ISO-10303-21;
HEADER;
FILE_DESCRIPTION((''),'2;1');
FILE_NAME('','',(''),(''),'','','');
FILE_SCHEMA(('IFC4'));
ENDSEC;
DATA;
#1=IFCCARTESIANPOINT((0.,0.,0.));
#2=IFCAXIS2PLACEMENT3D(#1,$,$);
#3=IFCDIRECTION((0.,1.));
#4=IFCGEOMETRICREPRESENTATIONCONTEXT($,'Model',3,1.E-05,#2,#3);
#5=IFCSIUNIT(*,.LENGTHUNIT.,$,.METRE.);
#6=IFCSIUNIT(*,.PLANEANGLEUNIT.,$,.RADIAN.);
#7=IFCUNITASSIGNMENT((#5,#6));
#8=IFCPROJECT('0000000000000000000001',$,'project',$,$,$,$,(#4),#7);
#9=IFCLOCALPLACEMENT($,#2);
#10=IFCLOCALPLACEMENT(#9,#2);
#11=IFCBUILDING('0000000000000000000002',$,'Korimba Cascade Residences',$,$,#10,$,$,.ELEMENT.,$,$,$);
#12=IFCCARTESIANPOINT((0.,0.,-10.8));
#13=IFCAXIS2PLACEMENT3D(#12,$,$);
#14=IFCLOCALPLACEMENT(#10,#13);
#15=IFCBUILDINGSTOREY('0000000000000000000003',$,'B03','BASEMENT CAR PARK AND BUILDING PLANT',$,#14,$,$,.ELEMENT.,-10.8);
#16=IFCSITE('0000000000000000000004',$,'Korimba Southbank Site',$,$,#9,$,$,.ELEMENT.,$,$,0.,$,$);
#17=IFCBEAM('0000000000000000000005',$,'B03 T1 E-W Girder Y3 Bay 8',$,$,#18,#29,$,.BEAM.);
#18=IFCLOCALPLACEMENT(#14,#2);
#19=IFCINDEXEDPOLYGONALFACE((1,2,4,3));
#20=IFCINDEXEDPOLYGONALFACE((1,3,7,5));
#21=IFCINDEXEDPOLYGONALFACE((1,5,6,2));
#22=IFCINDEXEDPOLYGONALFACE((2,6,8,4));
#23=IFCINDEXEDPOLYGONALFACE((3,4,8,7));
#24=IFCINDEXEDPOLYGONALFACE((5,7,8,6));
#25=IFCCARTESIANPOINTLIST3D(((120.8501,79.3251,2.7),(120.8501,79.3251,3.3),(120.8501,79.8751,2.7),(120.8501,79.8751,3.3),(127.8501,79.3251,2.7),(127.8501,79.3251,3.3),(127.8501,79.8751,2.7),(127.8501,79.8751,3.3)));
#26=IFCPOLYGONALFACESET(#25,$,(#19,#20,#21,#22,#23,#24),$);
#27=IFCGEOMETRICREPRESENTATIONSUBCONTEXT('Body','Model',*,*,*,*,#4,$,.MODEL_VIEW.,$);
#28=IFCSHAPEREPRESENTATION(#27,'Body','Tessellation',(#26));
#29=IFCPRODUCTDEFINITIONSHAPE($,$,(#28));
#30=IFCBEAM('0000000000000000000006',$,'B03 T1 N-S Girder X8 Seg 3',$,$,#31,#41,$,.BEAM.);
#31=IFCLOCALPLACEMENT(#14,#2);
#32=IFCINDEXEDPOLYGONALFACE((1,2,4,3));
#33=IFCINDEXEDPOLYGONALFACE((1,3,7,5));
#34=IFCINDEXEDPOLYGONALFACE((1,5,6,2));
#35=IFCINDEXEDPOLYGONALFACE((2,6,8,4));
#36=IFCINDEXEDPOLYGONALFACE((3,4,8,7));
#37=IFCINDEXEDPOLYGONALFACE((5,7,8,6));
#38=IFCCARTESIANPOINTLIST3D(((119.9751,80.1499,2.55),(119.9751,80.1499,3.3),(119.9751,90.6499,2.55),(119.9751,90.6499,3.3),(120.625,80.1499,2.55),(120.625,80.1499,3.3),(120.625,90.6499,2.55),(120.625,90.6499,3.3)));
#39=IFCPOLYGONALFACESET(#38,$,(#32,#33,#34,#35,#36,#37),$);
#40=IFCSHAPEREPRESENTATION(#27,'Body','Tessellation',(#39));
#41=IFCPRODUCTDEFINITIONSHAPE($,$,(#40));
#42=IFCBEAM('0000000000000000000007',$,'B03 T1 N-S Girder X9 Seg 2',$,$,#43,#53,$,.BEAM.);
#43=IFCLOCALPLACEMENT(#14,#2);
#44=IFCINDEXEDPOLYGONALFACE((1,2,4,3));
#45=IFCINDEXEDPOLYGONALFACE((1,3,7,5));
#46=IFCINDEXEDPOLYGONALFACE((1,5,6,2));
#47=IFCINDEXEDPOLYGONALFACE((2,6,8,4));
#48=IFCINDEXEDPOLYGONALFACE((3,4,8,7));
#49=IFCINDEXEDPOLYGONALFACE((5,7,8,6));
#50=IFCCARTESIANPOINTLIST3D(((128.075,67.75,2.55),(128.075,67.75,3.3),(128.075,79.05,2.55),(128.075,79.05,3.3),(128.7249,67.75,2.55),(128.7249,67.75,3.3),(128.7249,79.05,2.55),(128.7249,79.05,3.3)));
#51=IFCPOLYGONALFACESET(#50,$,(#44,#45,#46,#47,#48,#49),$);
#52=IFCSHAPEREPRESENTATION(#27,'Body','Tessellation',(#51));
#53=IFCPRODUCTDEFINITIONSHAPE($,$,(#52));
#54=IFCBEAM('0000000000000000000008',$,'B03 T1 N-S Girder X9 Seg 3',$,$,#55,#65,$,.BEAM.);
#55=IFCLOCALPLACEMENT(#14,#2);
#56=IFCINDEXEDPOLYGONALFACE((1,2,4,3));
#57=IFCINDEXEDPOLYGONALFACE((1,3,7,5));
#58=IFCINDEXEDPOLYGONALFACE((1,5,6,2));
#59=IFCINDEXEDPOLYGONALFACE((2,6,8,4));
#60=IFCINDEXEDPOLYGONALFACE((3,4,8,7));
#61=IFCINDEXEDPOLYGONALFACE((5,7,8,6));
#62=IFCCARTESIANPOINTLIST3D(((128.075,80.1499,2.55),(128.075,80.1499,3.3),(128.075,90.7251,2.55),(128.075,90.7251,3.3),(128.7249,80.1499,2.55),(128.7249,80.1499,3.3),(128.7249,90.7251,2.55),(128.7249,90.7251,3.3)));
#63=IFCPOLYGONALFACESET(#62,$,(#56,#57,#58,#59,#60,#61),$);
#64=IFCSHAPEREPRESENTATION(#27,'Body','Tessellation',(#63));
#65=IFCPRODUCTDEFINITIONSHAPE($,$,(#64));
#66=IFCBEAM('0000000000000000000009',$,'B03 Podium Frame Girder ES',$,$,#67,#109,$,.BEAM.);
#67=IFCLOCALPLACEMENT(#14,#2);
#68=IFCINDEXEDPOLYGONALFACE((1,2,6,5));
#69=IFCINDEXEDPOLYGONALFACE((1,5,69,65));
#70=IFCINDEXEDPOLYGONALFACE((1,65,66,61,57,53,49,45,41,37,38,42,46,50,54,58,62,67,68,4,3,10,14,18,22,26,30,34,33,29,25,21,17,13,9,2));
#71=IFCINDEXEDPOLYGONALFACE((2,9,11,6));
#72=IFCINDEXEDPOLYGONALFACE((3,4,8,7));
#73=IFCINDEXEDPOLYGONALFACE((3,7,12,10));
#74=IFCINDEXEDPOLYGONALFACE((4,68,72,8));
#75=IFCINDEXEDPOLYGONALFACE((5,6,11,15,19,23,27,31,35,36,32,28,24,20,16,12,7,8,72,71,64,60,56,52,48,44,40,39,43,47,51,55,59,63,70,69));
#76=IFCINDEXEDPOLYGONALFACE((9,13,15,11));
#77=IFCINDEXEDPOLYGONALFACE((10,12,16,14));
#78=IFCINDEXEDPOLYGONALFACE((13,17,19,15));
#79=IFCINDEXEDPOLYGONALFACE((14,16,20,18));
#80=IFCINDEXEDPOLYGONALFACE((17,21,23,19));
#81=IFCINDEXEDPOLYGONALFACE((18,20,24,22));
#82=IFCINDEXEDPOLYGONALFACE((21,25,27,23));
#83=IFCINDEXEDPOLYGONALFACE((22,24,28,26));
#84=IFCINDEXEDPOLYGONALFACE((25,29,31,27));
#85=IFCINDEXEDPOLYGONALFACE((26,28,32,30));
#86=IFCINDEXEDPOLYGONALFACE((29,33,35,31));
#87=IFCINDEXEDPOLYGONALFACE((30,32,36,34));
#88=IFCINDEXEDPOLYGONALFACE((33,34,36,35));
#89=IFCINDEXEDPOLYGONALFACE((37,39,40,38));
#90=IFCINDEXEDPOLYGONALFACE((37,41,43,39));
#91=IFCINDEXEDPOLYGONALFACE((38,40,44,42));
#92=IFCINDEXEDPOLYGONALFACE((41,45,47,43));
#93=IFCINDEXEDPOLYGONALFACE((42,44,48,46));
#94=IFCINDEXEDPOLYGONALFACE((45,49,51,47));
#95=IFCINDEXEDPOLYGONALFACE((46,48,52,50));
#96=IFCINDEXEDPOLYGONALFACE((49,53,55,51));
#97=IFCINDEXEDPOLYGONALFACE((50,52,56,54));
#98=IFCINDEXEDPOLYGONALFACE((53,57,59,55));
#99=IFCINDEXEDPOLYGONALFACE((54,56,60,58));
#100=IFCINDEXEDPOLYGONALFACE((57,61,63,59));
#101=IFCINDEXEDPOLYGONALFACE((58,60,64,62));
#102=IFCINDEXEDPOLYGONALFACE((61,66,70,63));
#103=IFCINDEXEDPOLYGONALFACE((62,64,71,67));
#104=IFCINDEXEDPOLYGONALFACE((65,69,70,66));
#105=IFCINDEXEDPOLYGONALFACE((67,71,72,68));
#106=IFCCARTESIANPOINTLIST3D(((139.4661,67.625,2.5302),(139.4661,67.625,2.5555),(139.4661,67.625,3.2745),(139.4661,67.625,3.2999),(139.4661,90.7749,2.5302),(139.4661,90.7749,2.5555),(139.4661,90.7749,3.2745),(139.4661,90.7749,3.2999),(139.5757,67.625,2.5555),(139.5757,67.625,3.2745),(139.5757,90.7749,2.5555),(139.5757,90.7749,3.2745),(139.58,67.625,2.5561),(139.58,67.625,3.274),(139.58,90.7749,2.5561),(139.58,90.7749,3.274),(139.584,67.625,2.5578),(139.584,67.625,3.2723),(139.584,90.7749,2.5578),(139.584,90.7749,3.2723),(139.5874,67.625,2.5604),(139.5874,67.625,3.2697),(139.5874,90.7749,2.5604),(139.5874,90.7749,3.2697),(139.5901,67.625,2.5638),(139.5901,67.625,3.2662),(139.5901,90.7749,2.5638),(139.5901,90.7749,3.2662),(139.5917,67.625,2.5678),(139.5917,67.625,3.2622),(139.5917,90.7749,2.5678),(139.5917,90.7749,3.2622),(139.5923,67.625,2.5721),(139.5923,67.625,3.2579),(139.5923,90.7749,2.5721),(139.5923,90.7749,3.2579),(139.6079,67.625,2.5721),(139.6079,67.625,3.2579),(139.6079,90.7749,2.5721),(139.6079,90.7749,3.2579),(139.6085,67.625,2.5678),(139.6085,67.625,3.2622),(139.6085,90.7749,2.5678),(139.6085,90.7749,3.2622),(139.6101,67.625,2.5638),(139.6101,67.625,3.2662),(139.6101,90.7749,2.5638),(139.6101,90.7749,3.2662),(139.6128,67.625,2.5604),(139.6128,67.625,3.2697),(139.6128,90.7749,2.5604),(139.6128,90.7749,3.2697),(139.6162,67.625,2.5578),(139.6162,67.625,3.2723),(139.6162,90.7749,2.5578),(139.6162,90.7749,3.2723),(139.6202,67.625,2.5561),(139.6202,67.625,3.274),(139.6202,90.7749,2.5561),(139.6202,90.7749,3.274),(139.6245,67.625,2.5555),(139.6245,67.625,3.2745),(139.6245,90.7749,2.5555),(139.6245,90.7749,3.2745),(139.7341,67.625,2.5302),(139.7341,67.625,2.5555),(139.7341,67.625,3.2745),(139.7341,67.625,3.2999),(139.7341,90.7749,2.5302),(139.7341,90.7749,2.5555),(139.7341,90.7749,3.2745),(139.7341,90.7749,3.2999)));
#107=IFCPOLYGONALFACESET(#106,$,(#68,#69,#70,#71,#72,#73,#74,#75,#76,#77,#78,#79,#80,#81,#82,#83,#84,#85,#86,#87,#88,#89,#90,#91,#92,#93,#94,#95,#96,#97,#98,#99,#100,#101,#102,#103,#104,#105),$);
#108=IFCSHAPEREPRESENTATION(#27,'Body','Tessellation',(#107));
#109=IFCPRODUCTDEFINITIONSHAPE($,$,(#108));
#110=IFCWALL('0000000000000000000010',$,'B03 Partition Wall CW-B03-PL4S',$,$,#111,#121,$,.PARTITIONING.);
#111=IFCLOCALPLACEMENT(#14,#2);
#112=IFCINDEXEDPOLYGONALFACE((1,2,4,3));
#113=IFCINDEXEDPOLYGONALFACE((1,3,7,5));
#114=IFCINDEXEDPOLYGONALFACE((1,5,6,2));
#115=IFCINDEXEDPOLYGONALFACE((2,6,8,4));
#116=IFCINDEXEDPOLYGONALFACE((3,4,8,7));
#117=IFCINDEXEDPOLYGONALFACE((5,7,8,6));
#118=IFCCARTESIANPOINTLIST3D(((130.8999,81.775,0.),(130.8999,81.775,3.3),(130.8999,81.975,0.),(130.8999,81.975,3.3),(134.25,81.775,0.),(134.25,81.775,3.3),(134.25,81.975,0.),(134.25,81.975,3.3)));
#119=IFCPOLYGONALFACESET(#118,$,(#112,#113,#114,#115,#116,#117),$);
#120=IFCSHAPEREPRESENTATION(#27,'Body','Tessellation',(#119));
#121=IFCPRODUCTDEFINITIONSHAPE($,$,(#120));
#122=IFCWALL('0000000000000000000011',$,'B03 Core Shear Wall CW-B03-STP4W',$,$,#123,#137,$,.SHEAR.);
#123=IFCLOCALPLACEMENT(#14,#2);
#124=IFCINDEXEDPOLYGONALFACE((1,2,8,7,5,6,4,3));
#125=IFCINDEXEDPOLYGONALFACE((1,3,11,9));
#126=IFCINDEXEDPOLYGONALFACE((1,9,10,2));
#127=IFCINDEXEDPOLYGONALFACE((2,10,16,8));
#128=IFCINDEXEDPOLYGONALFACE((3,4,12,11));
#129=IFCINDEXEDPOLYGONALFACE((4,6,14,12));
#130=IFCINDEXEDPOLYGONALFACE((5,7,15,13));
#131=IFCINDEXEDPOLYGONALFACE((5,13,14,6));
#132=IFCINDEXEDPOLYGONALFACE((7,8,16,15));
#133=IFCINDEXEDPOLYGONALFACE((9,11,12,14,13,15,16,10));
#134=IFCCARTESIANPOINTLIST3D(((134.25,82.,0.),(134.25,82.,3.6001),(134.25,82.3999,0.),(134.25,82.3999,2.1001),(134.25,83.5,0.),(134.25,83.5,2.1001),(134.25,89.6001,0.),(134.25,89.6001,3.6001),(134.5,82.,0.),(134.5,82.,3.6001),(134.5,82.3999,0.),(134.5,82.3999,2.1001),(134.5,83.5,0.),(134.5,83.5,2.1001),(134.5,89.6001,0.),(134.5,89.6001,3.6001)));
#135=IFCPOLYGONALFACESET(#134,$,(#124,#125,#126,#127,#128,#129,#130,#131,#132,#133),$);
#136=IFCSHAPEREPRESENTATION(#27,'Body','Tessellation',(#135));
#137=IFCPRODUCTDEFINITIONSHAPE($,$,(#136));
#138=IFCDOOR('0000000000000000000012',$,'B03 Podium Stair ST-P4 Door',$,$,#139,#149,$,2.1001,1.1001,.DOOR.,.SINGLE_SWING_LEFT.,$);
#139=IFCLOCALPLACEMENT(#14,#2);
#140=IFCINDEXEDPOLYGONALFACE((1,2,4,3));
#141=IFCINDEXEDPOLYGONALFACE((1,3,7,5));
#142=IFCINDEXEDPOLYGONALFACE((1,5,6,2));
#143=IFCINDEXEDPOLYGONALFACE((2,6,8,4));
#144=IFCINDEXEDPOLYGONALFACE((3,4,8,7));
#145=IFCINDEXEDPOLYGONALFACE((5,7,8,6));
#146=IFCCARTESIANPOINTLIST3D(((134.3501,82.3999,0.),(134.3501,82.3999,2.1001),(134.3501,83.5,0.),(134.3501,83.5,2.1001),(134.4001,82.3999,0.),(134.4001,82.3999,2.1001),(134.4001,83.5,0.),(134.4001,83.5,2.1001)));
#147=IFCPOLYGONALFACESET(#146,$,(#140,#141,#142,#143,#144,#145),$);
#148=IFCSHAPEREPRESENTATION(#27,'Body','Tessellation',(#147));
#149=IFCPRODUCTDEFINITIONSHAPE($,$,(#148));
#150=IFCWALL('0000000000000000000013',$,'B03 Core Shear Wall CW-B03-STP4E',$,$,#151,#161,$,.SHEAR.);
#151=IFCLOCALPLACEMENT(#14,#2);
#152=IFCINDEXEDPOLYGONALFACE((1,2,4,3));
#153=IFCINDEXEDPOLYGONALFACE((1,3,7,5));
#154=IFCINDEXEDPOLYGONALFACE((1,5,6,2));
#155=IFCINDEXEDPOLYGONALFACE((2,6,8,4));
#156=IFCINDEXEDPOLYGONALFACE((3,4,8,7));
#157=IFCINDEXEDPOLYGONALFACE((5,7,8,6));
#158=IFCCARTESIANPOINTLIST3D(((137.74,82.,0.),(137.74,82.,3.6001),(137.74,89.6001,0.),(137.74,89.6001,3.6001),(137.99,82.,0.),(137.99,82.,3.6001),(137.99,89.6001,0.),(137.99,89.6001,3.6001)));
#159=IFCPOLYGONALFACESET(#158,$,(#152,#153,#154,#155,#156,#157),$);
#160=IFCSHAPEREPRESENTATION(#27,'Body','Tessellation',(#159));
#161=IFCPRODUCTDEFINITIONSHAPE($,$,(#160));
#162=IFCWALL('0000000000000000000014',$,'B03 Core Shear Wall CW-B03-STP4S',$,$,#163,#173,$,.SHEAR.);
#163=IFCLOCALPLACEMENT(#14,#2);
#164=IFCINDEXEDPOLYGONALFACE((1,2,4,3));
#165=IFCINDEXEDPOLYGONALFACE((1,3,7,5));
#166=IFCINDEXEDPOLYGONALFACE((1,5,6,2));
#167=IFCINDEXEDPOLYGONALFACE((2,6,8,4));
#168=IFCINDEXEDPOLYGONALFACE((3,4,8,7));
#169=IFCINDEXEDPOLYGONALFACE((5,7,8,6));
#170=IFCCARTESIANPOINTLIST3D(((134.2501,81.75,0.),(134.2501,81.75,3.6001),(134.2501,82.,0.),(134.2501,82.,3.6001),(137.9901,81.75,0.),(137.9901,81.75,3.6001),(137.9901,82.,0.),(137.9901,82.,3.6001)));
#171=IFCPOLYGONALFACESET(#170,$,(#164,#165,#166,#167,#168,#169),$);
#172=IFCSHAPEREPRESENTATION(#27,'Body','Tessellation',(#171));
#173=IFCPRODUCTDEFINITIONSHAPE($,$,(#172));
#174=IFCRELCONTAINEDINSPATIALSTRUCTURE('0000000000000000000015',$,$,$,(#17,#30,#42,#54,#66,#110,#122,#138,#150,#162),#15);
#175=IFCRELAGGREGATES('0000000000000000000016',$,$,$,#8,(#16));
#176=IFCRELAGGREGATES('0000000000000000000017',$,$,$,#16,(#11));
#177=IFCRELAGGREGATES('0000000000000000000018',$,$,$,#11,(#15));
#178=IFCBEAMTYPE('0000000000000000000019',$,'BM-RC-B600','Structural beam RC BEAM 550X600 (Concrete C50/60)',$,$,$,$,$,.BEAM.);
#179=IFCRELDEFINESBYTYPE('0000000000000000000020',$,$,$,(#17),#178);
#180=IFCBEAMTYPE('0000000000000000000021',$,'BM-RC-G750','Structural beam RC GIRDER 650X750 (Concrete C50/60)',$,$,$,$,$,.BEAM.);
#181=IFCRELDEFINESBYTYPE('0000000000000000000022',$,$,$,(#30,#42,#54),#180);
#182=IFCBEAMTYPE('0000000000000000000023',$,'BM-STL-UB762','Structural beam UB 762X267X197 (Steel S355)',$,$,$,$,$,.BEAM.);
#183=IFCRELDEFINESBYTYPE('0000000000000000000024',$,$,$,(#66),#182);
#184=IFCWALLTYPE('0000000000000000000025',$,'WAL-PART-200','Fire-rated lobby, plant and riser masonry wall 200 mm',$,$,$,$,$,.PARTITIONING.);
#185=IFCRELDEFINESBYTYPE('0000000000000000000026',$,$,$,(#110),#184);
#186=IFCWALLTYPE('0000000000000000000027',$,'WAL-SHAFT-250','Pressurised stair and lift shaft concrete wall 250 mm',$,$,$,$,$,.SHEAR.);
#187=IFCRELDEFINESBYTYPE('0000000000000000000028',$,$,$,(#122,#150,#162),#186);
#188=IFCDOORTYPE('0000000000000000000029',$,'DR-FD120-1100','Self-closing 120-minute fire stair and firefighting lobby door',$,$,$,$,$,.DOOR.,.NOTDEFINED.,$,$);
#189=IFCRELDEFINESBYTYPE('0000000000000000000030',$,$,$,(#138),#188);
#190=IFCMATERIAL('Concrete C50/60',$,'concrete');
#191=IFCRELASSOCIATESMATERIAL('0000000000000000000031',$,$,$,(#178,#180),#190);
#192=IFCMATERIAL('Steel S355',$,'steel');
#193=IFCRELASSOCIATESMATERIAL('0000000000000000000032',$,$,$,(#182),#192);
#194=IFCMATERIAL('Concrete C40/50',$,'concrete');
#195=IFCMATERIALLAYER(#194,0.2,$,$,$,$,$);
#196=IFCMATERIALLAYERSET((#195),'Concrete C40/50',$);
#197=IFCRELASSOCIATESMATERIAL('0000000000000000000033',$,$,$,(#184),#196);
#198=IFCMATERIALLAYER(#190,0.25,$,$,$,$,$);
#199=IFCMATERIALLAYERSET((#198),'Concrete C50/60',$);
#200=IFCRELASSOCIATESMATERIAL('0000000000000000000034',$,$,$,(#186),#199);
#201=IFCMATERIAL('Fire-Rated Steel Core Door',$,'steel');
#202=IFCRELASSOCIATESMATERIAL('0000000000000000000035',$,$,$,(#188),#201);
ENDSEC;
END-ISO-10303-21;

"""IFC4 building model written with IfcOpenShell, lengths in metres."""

from ifc_helpers import new_model, si_unit, direction, frame, frame_2d, origin, origin_2d, place, context, subcontext, project, spatial, rectangle, i_section, extrude, material, layer, layer_set, material_profile, profile_set, type_object, element, fill, save


model = new_model("IFC4")

# Units and contexts
model_context = context("Model", 3, precision=1e-05, world=origin(), true_north=direction((0.0, 1.0)))
body_context = subcontext(model_context, "Body", "Model", "MODEL_VIEW")
ifc_project = project(units=[si_unit("LENGTHUNIT", "METRE"), si_unit("PLANEANGLEUNIT", "RADIAN")], contexts=[model_context])

# Site, building, storey
site_placement = place(None, origin())
site = spatial("IfcSite", under=ifc_project, at=site_placement, Name="Korimba Southbank Site", CompositionType="ELEMENT", RefElevation=0.0)
building_placement = place(site_placement, origin())
building = spatial("IfcBuilding", under=site, at=building_placement, Name="Korimba Cascade Residences", CompositionType="ELEMENT")
storey_placement = place(building_placement, frame((0.0, 0.0, -10.8)))
storey = spatial("IfcBuildingStorey", under=building, at=storey_placement, Name="B03", Description="BASEMENT CAR PARK AND BUILDING PLANT", CompositionType="ELEMENT", Elevation=-10.8)

# Shared definitions
ifc_material_1 = material(Name="Concrete C50/60", Category="concrete")

# Beams
ifc_material_profile_1 = material_profile(ifc_material_1, rectangle(XDim=0.55, YDim=0.6001, at=origin_2d()), Name="Concrete C50/60")
ifc_profile_set_1 = profile_set([ifc_material_profile_1], Name="Concrete C50/60")
beam_type_1 = type_object("IfcBeamType", Name="BM-RC-B600", Description="Structural beam RC BEAM 550X600 (Concrete C50/60)", PredefinedType="BEAM", material=ifc_profile_set_1)
beam_1_placement = place(storey_placement, frame((120.8501, 79.6001, 3.0), z_axis=(1.0, 0.0, 0.0), x_axis=(0.0, 1.0, 0.0)))
element("IfcBeam", 1, at=beam_1_placement, inside=storey, type_object=beam_type_1, Name="B03 T1 E-W Girder Y3 Bay 8", PredefinedType="BEAM", context=body_context, shape_type="SweptSolid", body=[
    extrude(rectangle(XDim=0.55, YDim=0.6001, at=origin_2d()), origin(), (0.0, 0.0, 1.0), 7.0),
])
ifc_material_profile_2 = material_profile(ifc_material_1, rectangle(XDim=0.6499, YDim=0.75, at=origin_2d()), Name="Concrete C50/60")
ifc_profile_set_2 = profile_set([ifc_material_profile_2], Name="Concrete C50/60")
beam_type_2 = type_object("IfcBeamType", Name="BM-RC-G750", Description="Structural beam RC GIRDER 650X750 (Concrete C50/60)", PredefinedType="BEAM", material=ifc_profile_set_2)
beam_2_placement = place(storey_placement, frame((120.3, 80.1499, 2.925), z_axis=(0.0, 1.0, 0.0), x_axis=(-1.0, 0.0, 0.0)))
element("IfcBeam", 2, at=beam_2_placement, inside=storey, type_object=beam_type_2, Name="B03 T1 N-S Girder X8 Seg 3", PredefinedType="BEAM", context=body_context, shape_type="SweptSolid", body=[
    extrude(rectangle(XDim=0.6499, YDim=0.75, at=origin_2d()), origin(), (0.0, 0.0, 1.0), 10.5),
])
beam_3_placement = place(storey_placement, frame((128.3999, 67.75, 2.925), z_axis=(0.0, 1.0, 0.0), x_axis=(-1.0, 0.0, 0.0)))
element("IfcBeam", 3, at=beam_3_placement, inside=storey, type_object=beam_type_2, Name="B03 T1 N-S Girder X9 Seg 2", PredefinedType="BEAM", context=body_context, shape_type="SweptSolid", body=[
    extrude(rectangle(XDim=0.6499, YDim=0.75, at=origin_2d()), origin(), (0.0, 0.0, 1.0), 11.3),
])
beam_4_placement = place(storey_placement, frame((128.3999, 80.1499, 2.925), z_axis=(0.0, 1.0, 0.0), x_axis=(-1.0, 0.0, 0.0)))
element("IfcBeam", 4, at=beam_4_placement, inside=storey, type_object=beam_type_2, Name="B03 T1 N-S Girder X9 Seg 3", PredefinedType="BEAM", context=body_context, shape_type="SweptSolid", body=[
    extrude(rectangle(XDim=0.6499, YDim=0.75, at=origin_2d()), origin(), (0.0, 0.0, 1.0), 10.5752),
])
ifc_material_2 = material(Name="Steel S355", Category="steel")
ifc_material_profile_3 = material_profile(ifc_material_2, i_section(OverallWidth=0.2681, OverallDepth=0.7698, WebThickness=0.0156, FlangeThickness=0.0254, FilletRadius=0.0166, at=origin_2d()), Name="Steel S355")
ifc_profile_set_3 = profile_set([ifc_material_profile_3], Name="Steel S355")
beam_type_3 = type_object("IfcBeamType", Name="BM-STL-UB762", Description="Structural beam UB 762X267X197 (Steel S355)", PredefinedType="BEAM", material=ifc_profile_set_3)
beam_5_placement = place(storey_placement, frame((139.6001, 67.625, 2.915), z_axis=(0.0, 1.0, 0.0), x_axis=(-1.0, 0.0, 0.0)))
element("IfcBeam", 5, at=beam_5_placement, inside=storey, type_object=beam_type_3, Name="B03 Podium Frame Girder ES", PredefinedType="BEAM", context=body_context, shape_type="SweptSolid", body=[
    extrude(i_section(OverallWidth=0.2681, OverallDepth=0.7698, WebThickness=0.0156, FlangeThickness=0.0254, FilletRadius=0.0166, at=origin_2d()), origin(), (0.0, 0.0, 1.0), 23.1499),
])

# Shared definitions
ifc_material_3 = material(Name="Concrete C40/50", Category="concrete")
ifc_layer_1 = layer(ifc_material_3, 0.2)
ifc_layer_set_1 = layer_set([ifc_layer_1], Name="Concrete C40/50")
wall_type_1 = type_object("IfcWallType", Name="WAL-PART-200", Description="Fire-rated lobby, plant and riser masonry wall 200 mm", PredefinedType="PARTITIONING", material=ifc_layer_set_1)

# Wall
wall_1_placement = place(storey_placement, frame((130.8999, 81.875, 0.0), z_axis=(0.0, 0.0, 1.0), x_axis=(1.0, 0.0, 0.0)))
element("IfcWall", 6, at=wall_1_placement, inside=storey, type_object=wall_type_1, Name="B03 Partition Wall CW-B03-PL4S", PredefinedType="PARTITIONING", context=body_context, shape_type="SweptSolid", body=[
    extrude(rectangle(XDim=3.3501, YDim=0.2, at=frame_2d((1.675, 0.0))), origin(), (0.0, 0.0, 1.0), 3.3),
])

# Wall, opening, door
ifc_layer_2 = layer(ifc_material_1, 0.25)
ifc_layer_set_2 = layer_set([ifc_layer_2], Name="Concrete C50/60")
wall_type_2 = type_object("IfcWallType", Name="WAL-SHAFT-250", Description="Pressurised stair and lift shaft concrete wall 250 mm", PredefinedType="SHEAR", material=ifc_layer_set_2)
wall_2_placement = place(storey_placement, frame((134.375, 82.0, 0.0), z_axis=(0.0, 0.0, 1.0), x_axis=(0.0, 1.0, 0.0)))
wall_2 = element("IfcWall", 7, at=wall_2_placement, inside=storey, type_object=wall_type_2, Name="B03 Core Shear Wall CW-B03-STP4W", PredefinedType="SHEAR", context=body_context, shape_type="SweptSolid", body=[
    extrude(rectangle(XDim=7.6001, YDim=0.25, at=frame_2d((3.8, 0.0))), origin(), (0.0, 0.0, 1.0), 3.6001),
])
opening_1_placement = place(wall_2_placement, frame((0.3999, 0.0, 0.0)))
opening_1 = element("IfcOpeningElement", 8, at=opening_1_placement, cuts=wall_2, PredefinedType="OPENING", context=body_context, shape_type="SweptSolid", body=[
    extrude(rectangle(XDim=1.1001, YDim=2.1001, at=frame_2d((0.55, 1.05))), frame((0.0, 0.135, 0.0), z_axis=(0.0, -1.0, 0.0), x_axis=(1.0, 0.0, 0.0)), (0.0, 0.0, 1.0), 0.27),
])
ifc_material_4 = material(Name="Fire-Rated Steel Core Door", Category="steel")
door_type_1 = type_object("IfcDoorType", Name="DR-FD120-1100", Description="Self-closing 120-minute fire stair and firefighting lobby door", OperationType="NOTDEFINED", PredefinedType="DOOR", material=ifc_material_4)
door_1_placement = place(opening_1_placement, origin())
door_1 = element("IfcDoor", 9, at=door_1_placement, inside=storey, type_object=door_type_1, Name="B03 Podium Stair ST-P4 Door", OperationType="SINGLE_SWING_LEFT", OverallHeight=2.1001, OverallWidth=1.1001, PredefinedType="DOOR", context=body_context, shape_type="SweptSolid", body=[
    extrude(rectangle(XDim=1.1001, YDim=2.1001, at=frame_2d((0.55, 1.05))), frame((0.0, 0.0249, 0.0), z_axis=(0.0, -1.0, 0.0), x_axis=(1.0, 0.0, 0.0)), (0.0, 0.0, 1.0), 0.05),
])
fill(opening_1, door_1)

# Walls
wall_3_placement = place(storey_placement, frame((137.865, 82.0, 0.0), z_axis=(0.0, 0.0, 1.0), x_axis=(0.0, 1.0, 0.0)))
element("IfcWall", 10, at=wall_3_placement, inside=storey, type_object=wall_type_2, Name="B03 Core Shear Wall CW-B03-STP4E", PredefinedType="SHEAR", context=body_context, shape_type="SweptSolid", body=[
    extrude(rectangle(XDim=7.6001, YDim=0.25, at=frame_2d((3.8, 0.0))), origin(), (0.0, 0.0, 1.0), 3.6001),
])
wall_4_placement = place(storey_placement, frame((134.25, 81.875, 0.0), z_axis=(0.0, 0.0, 1.0), x_axis=(1.0, 0.0, 0.0)))
element("IfcWall", 11, at=wall_4_placement, inside=storey, type_object=wall_type_2, Name="B03 Core Shear Wall CW-B03-STP4S", PredefinedType="SHEAR", context=body_context, shape_type="SweptSolid", body=[
    extrude(rectangle(XDim=3.74, YDim=0.25, at=frame_2d((1.8701, 0.0))), origin(), (0.0, 0.0, 1.0), 3.6001),
])

save(model, "model.ifc")
